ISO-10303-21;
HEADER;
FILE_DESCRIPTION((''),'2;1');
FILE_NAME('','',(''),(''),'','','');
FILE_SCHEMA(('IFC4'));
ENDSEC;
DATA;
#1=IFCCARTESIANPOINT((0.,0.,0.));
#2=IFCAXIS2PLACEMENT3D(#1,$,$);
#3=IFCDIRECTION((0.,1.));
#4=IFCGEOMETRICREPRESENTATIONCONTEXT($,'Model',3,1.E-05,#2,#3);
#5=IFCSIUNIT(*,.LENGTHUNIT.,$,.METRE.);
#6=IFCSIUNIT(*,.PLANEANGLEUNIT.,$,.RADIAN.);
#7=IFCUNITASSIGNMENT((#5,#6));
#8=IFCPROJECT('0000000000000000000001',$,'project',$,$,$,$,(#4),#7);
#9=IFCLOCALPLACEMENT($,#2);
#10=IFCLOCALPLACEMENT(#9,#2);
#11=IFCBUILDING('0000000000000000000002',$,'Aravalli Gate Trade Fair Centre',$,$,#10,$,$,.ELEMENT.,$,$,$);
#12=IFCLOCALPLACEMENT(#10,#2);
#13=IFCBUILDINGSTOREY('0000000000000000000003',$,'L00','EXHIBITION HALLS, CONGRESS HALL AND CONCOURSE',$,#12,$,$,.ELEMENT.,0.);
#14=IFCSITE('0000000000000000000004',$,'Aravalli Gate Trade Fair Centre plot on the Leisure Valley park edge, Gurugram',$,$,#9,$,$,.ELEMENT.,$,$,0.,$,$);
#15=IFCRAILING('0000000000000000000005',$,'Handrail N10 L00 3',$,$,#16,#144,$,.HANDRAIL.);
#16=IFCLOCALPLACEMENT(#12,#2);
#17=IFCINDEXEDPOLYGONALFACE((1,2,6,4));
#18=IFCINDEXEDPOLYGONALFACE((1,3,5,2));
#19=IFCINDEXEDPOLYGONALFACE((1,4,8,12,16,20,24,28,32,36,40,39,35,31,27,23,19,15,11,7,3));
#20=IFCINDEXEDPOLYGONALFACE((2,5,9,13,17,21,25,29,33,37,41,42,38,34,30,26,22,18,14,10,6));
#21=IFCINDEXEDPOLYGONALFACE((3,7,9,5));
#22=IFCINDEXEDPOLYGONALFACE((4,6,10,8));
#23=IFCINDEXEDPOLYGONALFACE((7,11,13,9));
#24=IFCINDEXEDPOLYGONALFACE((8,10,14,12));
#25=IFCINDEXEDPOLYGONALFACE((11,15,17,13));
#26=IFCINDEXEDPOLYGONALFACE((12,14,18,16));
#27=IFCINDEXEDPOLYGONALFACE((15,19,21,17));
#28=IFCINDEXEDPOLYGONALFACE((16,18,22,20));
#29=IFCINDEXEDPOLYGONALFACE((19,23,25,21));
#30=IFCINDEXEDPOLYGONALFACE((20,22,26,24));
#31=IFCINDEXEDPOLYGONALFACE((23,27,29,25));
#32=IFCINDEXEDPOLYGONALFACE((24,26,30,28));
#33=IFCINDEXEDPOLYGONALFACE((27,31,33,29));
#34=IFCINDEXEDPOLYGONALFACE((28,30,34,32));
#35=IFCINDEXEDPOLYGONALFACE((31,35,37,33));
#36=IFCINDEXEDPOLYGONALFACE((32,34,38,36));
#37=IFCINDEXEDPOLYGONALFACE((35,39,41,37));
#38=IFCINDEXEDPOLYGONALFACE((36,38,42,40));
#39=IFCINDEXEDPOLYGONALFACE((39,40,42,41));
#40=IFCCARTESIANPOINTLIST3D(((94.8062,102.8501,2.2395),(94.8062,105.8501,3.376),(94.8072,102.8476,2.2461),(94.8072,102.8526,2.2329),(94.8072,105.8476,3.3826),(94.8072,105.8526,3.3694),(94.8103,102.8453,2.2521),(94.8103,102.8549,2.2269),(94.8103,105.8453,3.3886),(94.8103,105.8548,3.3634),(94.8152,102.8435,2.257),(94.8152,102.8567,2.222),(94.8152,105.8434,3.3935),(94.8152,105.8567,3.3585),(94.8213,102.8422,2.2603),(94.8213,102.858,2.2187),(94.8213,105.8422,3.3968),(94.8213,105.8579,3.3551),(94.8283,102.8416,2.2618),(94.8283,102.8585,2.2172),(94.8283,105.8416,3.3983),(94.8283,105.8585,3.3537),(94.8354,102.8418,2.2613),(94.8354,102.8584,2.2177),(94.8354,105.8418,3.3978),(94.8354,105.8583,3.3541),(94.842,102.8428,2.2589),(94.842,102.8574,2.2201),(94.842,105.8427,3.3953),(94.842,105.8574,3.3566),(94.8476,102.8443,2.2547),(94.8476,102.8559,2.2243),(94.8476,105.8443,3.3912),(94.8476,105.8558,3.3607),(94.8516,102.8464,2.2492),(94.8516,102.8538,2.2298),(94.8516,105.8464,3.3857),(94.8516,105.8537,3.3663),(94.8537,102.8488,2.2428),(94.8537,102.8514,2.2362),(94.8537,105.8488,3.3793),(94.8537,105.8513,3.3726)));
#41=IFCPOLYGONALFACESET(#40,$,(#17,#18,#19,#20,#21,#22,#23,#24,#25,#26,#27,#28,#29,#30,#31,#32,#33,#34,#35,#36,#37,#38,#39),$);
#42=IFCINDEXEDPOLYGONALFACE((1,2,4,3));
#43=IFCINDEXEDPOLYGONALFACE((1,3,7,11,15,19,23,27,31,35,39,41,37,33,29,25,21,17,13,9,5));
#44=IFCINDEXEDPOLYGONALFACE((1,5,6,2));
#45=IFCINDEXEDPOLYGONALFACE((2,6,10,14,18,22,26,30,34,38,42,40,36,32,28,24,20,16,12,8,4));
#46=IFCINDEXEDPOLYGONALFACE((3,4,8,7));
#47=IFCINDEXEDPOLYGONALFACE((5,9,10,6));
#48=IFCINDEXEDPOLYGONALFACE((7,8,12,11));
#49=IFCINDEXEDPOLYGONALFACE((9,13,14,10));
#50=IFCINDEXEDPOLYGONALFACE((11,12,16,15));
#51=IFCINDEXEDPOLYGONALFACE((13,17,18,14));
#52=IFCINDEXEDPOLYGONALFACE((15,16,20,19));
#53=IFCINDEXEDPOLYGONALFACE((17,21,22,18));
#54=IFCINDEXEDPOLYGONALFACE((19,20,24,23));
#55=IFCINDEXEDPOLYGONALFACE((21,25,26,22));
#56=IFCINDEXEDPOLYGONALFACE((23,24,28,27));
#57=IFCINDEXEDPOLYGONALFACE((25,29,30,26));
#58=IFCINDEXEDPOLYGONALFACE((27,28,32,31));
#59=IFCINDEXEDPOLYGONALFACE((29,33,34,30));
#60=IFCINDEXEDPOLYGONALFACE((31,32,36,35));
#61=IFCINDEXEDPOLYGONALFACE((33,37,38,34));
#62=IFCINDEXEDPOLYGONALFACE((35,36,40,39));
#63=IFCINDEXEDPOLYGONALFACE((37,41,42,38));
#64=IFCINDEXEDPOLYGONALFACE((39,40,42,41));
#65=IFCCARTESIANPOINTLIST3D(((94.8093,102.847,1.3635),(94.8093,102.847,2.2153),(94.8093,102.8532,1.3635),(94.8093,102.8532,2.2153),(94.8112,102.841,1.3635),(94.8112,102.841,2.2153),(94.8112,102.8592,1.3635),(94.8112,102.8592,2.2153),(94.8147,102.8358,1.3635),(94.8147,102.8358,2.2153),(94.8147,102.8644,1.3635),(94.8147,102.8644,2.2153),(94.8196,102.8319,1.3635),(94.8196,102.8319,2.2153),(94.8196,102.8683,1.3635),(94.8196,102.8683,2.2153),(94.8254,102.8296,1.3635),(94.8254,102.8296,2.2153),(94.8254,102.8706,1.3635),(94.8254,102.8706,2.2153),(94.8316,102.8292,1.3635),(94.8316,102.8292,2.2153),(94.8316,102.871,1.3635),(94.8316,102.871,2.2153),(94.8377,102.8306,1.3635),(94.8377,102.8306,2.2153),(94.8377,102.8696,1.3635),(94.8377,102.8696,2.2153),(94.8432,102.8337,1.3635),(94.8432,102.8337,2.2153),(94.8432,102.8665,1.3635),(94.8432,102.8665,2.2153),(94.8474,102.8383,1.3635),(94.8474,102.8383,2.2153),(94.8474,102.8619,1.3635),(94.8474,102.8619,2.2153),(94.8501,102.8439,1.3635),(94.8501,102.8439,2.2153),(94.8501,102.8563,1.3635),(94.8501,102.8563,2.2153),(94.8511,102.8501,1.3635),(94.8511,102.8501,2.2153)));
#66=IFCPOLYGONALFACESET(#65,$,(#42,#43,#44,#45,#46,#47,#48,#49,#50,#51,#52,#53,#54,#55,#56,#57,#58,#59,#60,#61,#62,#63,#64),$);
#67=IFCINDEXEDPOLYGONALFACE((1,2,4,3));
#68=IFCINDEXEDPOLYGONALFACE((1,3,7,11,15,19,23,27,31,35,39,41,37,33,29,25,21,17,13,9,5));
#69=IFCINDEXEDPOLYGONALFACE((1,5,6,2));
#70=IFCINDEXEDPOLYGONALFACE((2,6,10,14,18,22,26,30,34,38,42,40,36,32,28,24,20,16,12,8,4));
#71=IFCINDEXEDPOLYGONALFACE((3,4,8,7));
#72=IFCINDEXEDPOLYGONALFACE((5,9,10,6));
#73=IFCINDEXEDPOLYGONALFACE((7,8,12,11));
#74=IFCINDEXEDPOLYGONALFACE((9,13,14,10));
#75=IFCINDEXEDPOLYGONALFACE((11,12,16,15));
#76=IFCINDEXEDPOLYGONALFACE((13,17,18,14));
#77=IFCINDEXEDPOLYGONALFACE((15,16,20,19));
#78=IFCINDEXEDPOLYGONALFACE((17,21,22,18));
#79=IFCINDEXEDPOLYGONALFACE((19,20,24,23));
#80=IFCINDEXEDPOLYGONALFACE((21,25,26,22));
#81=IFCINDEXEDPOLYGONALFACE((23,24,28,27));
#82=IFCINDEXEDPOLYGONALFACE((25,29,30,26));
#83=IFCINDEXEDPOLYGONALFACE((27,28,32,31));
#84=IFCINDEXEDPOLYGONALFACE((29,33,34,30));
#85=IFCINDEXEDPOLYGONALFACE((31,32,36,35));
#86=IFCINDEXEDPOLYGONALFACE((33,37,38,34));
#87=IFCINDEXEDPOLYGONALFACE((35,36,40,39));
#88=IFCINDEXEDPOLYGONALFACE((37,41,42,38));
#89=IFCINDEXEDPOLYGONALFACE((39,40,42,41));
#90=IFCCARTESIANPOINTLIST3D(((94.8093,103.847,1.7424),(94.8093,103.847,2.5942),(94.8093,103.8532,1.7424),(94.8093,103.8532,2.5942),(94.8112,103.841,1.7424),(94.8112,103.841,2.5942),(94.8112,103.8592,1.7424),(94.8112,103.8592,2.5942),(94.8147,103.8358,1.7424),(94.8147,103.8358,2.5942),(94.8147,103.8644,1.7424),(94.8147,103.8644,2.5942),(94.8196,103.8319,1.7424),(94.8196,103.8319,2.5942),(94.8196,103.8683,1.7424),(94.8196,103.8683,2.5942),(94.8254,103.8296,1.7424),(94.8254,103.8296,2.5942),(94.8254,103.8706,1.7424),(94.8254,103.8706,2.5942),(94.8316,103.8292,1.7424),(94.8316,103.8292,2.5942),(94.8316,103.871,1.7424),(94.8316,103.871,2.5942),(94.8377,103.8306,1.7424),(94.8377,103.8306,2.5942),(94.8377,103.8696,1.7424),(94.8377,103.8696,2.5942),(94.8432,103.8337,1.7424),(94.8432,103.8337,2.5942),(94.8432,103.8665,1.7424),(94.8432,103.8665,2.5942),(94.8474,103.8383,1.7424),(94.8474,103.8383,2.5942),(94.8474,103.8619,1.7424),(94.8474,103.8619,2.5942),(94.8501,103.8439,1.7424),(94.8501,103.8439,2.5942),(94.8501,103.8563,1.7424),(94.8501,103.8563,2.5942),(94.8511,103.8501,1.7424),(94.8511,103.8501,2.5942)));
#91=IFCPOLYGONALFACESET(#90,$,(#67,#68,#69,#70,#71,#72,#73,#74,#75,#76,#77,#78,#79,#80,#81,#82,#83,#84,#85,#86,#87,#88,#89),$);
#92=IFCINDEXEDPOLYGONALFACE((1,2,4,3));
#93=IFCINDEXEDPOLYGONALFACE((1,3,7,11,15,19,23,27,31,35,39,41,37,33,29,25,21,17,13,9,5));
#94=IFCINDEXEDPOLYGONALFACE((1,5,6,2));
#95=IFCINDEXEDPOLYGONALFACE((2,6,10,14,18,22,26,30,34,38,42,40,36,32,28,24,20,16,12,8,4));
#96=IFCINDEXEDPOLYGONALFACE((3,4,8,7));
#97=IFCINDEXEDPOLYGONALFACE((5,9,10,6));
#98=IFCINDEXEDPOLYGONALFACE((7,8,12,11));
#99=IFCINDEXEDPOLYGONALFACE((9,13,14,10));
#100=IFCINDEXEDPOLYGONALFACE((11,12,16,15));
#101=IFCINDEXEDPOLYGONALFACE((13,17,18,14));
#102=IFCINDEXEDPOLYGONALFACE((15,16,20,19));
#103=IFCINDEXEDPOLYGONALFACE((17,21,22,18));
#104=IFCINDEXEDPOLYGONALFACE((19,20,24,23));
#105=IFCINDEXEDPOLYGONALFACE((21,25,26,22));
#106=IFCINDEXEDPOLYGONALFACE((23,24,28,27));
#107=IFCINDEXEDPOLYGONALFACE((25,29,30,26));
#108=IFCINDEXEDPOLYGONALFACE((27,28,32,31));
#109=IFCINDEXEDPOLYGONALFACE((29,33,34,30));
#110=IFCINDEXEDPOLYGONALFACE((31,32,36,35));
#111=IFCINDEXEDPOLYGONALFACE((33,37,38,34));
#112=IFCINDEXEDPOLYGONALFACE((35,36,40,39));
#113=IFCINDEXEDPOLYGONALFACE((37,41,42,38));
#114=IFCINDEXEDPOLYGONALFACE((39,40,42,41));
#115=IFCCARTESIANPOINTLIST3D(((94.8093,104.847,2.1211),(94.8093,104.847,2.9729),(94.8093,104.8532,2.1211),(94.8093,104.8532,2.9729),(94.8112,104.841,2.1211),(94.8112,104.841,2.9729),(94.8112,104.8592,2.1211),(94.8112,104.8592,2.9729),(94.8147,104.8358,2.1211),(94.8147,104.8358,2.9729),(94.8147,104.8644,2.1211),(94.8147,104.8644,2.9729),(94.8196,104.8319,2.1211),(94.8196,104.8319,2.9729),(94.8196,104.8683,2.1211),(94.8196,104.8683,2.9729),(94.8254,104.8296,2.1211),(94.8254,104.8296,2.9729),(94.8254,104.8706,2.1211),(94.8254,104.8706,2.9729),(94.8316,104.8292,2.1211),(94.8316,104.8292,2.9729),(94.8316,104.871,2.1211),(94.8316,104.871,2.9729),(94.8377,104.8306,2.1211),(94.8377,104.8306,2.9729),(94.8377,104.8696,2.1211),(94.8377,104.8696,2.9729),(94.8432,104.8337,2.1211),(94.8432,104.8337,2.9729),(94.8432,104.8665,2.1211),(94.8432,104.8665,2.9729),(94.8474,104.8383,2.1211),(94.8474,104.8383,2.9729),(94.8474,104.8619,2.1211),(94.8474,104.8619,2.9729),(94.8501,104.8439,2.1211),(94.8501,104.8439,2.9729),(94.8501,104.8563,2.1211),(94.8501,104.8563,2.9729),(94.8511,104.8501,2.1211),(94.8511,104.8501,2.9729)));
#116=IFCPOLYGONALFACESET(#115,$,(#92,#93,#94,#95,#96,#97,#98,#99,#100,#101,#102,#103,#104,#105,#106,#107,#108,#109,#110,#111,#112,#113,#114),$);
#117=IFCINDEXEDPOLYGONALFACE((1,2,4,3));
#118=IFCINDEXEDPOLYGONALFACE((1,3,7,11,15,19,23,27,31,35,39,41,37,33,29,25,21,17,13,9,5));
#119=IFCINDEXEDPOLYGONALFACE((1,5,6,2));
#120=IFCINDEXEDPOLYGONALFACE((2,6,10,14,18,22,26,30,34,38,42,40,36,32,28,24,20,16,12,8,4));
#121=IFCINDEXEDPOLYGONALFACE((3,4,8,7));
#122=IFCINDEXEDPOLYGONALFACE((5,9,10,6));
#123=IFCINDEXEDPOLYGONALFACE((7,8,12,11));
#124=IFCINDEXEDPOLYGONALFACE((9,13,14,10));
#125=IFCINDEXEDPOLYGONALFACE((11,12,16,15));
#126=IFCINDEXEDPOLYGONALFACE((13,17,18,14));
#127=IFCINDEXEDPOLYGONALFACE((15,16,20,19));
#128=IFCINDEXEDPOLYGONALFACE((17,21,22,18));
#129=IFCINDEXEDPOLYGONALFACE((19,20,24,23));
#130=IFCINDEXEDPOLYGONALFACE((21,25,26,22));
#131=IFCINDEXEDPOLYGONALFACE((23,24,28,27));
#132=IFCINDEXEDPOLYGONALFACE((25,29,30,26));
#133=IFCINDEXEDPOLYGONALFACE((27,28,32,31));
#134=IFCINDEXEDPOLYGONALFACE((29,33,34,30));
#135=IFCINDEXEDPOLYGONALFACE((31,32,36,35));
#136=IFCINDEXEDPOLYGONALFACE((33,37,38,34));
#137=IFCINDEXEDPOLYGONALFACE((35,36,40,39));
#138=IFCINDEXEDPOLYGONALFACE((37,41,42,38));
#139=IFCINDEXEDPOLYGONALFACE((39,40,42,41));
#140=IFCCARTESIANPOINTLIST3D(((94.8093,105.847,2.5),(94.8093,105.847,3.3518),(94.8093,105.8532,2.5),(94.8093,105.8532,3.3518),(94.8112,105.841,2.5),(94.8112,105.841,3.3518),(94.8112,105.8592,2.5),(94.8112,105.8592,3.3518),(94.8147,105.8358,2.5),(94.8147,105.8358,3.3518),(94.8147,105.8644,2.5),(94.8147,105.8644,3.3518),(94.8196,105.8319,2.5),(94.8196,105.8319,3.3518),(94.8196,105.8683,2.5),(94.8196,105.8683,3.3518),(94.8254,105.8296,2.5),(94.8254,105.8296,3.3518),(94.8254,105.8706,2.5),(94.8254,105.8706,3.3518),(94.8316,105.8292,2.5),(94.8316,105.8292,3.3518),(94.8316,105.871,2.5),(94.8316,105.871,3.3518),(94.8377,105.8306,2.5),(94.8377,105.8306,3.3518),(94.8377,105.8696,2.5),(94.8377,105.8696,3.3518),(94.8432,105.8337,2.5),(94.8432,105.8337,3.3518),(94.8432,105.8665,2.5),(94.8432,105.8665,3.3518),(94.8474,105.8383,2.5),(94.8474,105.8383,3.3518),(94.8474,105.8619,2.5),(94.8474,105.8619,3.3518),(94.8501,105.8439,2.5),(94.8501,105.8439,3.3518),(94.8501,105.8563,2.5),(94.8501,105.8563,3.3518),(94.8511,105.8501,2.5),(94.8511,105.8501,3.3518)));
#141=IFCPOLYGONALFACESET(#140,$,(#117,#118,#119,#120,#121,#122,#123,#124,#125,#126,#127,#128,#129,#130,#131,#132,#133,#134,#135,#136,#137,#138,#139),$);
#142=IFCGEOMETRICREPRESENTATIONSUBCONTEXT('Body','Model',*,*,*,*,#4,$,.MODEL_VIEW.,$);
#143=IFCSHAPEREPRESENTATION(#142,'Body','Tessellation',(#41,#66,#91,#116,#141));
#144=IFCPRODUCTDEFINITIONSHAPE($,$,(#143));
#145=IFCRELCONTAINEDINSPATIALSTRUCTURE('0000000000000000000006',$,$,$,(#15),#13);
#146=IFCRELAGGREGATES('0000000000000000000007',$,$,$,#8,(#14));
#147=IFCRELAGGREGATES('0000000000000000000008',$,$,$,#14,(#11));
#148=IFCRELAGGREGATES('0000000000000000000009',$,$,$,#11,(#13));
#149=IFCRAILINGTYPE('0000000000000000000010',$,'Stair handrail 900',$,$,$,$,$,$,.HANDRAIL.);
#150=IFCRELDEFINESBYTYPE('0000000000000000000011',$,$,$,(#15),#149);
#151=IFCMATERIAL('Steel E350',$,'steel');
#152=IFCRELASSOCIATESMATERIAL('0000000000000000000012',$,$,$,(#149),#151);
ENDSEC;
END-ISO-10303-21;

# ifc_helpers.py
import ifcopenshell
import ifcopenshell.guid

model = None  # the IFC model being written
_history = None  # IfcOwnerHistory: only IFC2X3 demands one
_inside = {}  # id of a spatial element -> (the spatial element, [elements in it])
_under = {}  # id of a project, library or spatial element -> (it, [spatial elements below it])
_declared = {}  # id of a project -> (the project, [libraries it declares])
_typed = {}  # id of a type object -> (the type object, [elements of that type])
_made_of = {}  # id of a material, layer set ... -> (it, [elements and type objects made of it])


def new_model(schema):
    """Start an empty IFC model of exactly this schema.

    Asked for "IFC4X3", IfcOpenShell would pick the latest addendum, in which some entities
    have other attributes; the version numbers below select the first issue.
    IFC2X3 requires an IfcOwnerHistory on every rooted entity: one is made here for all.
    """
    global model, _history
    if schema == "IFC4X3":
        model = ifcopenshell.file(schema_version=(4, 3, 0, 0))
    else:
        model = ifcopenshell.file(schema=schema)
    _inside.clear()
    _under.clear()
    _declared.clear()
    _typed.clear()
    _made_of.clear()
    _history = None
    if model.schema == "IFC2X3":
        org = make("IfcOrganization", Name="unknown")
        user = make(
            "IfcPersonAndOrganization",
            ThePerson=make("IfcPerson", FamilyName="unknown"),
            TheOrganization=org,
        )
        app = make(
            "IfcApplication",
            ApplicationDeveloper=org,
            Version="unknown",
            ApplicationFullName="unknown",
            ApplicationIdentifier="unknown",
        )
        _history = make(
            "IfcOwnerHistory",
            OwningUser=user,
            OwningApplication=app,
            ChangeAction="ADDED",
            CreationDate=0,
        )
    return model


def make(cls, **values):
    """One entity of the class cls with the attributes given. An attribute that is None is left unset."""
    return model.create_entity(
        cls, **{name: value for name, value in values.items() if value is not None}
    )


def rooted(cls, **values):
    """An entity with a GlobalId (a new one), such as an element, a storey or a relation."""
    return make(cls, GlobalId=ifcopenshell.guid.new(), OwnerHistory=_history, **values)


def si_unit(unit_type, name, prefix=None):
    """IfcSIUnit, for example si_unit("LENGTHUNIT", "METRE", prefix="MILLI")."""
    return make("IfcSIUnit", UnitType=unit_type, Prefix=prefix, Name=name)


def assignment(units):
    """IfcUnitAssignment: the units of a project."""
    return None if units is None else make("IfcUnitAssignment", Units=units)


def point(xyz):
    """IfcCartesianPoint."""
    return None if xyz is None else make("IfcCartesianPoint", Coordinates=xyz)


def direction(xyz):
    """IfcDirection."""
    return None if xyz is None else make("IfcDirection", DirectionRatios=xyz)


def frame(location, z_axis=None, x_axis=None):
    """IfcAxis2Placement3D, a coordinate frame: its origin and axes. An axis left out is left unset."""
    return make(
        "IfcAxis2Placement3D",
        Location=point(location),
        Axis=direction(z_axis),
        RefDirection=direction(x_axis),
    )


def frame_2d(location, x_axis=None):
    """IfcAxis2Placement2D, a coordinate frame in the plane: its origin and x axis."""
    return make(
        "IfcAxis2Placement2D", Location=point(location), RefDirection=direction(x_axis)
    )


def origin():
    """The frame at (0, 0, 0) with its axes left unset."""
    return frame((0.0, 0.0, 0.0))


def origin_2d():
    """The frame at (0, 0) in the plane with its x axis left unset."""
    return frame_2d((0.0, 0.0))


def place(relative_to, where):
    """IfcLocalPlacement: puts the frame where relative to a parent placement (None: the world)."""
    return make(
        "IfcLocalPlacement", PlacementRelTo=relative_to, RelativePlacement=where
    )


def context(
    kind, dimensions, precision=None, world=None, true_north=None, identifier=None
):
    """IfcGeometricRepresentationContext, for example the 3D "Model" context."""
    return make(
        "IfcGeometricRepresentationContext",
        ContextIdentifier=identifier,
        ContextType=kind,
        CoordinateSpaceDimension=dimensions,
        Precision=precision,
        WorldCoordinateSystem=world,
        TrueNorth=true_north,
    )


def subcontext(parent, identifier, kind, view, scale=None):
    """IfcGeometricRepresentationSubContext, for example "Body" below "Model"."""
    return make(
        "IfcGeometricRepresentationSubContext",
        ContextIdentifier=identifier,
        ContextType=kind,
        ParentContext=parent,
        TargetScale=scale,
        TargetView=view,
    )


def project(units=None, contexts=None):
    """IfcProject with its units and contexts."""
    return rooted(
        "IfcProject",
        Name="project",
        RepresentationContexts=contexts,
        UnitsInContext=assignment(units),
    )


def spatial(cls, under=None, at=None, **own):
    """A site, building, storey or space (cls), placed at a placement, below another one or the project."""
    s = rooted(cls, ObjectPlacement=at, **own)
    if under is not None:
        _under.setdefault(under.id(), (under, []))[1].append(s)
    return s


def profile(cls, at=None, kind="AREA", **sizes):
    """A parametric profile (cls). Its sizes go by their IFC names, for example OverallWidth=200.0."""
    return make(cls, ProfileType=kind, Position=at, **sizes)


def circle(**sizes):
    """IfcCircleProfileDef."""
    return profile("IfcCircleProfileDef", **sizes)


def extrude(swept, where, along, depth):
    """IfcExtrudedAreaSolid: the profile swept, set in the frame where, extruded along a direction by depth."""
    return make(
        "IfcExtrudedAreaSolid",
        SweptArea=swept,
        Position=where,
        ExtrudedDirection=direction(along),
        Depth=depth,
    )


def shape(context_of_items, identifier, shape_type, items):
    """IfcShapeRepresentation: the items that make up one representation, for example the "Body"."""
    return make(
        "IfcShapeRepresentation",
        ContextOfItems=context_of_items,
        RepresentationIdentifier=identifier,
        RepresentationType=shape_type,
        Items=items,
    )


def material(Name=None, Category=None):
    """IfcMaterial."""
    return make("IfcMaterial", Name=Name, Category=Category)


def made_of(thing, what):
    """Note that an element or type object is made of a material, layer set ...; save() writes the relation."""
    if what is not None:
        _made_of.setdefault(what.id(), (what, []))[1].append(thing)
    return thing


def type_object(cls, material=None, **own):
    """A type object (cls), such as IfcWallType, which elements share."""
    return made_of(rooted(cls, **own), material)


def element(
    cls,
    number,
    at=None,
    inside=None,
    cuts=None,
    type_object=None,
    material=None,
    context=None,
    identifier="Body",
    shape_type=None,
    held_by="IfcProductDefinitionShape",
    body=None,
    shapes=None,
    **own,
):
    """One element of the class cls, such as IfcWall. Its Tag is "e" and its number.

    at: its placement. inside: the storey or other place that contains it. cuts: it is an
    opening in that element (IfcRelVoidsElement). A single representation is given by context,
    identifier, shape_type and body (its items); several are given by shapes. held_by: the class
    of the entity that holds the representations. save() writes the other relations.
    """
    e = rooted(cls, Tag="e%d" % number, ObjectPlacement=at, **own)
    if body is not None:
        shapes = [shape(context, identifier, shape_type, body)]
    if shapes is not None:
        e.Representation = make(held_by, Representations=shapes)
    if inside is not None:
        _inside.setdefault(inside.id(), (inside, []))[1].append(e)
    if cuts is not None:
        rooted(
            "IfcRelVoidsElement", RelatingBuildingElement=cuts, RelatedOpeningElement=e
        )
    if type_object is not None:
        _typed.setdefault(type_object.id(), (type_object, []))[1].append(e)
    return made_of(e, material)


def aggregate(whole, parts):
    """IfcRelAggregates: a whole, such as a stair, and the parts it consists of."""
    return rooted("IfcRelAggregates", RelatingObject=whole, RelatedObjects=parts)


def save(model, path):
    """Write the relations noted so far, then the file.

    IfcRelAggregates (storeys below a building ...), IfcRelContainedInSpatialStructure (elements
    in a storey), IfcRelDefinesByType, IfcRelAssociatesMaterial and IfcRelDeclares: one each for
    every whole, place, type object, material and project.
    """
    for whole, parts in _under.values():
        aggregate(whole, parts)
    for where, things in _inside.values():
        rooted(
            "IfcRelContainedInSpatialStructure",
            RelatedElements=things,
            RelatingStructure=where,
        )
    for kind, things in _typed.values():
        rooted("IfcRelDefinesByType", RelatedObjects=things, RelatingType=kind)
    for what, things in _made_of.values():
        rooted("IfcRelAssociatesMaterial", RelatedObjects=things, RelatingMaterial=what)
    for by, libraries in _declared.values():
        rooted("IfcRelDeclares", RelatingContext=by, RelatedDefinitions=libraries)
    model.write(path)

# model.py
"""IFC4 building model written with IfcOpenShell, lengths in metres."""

from ifc_helpers import new_model, si_unit, direction, frame, origin, origin_2d, place, context, subcontext, project, spatial, circle, extrude, material, type_object, element, save


model = new_model("IFC4")

# Units and contexts
model_context = context("Model", 3, precision=1e-05, world=origin(), true_north=direction((0.0, 1.0)))
body_context = subcontext(model_context, "Body", "Model", "MODEL_VIEW")
ifc_project = project(units=[si_unit("LENGTHUNIT", "METRE"), si_unit("PLANEANGLEUNIT", "RADIAN")], contexts=[model_context])

# Site, building, storey
site_placement = place(None, origin())
site = spatial("IfcSite", under=ifc_project, at=site_placement, Name="Aravalli Gate Trade Fair Centre plot on the Leisure Valley park edge, Gurugram", CompositionType="ELEMENT", RefElevation=0.0)
building_placement = place(site_placement, origin())
building = spatial("IfcBuilding", under=site, at=building_placement, Name="Aravalli Gate Trade Fair Centre", CompositionType="ELEMENT")
storey_placement = place(building_placement, origin())
storey = spatial("IfcBuildingStorey", under=building, at=storey_placement, Name="L00", Description="EXHIBITION HALLS, CONGRESS HALL AND CONCOURSE", CompositionType="ELEMENT", Elevation=0.0)

# Railing
ifc_material_1 = material(Name="Steel E350", Category="steel")
railing_type = type_object("IfcRailingType", Name="Stair handrail 900", PredefinedType="HANDRAIL", material=ifc_material_1)
for number, where, name in (
    (1, (94.8301, 102.8501, 1.3635), "Handrail N10 L00 3"),
):
    element("IfcRailing", number, at=place(storey_placement, frame(where)), inside=storey, type_object=railing_type, Name=name, PredefinedType="HANDRAIL", context=body_context, shape_type="SweptSolid", body=[
        extrude(circle(Radius=0.0239, at=origin_2d()), frame((0.0, 0.0, 0.876), z_axis=(0.0, 0.935148, 0.354257), x_axis=(-1.0, 0.0, 0.0)), (0.0, 0.0, 1.0), 3.208),
        extrude(circle(Radius=0.021, at=origin_2d()), origin(), (0.0, 0.0, 1.0), 0.8518),
        extrude(circle(Radius=0.021, at=origin_2d()), frame((0.0, 1.0, 0.3789)), (0.0, 0.0, 1.0), 0.8518),
        extrude(circle(Radius=0.021, at=origin_2d()), frame((0.0, 2.0, 0.7576)), (0.0, 0.0, 1.0), 0.8518),
        extrude(circle(Radius=0.021, at=origin_2d()), frame((0.0, 3.0, 1.1365)), (0.0, 0.0, 1.0), 0.8518),
    ])

save(model, "model.ifc")
